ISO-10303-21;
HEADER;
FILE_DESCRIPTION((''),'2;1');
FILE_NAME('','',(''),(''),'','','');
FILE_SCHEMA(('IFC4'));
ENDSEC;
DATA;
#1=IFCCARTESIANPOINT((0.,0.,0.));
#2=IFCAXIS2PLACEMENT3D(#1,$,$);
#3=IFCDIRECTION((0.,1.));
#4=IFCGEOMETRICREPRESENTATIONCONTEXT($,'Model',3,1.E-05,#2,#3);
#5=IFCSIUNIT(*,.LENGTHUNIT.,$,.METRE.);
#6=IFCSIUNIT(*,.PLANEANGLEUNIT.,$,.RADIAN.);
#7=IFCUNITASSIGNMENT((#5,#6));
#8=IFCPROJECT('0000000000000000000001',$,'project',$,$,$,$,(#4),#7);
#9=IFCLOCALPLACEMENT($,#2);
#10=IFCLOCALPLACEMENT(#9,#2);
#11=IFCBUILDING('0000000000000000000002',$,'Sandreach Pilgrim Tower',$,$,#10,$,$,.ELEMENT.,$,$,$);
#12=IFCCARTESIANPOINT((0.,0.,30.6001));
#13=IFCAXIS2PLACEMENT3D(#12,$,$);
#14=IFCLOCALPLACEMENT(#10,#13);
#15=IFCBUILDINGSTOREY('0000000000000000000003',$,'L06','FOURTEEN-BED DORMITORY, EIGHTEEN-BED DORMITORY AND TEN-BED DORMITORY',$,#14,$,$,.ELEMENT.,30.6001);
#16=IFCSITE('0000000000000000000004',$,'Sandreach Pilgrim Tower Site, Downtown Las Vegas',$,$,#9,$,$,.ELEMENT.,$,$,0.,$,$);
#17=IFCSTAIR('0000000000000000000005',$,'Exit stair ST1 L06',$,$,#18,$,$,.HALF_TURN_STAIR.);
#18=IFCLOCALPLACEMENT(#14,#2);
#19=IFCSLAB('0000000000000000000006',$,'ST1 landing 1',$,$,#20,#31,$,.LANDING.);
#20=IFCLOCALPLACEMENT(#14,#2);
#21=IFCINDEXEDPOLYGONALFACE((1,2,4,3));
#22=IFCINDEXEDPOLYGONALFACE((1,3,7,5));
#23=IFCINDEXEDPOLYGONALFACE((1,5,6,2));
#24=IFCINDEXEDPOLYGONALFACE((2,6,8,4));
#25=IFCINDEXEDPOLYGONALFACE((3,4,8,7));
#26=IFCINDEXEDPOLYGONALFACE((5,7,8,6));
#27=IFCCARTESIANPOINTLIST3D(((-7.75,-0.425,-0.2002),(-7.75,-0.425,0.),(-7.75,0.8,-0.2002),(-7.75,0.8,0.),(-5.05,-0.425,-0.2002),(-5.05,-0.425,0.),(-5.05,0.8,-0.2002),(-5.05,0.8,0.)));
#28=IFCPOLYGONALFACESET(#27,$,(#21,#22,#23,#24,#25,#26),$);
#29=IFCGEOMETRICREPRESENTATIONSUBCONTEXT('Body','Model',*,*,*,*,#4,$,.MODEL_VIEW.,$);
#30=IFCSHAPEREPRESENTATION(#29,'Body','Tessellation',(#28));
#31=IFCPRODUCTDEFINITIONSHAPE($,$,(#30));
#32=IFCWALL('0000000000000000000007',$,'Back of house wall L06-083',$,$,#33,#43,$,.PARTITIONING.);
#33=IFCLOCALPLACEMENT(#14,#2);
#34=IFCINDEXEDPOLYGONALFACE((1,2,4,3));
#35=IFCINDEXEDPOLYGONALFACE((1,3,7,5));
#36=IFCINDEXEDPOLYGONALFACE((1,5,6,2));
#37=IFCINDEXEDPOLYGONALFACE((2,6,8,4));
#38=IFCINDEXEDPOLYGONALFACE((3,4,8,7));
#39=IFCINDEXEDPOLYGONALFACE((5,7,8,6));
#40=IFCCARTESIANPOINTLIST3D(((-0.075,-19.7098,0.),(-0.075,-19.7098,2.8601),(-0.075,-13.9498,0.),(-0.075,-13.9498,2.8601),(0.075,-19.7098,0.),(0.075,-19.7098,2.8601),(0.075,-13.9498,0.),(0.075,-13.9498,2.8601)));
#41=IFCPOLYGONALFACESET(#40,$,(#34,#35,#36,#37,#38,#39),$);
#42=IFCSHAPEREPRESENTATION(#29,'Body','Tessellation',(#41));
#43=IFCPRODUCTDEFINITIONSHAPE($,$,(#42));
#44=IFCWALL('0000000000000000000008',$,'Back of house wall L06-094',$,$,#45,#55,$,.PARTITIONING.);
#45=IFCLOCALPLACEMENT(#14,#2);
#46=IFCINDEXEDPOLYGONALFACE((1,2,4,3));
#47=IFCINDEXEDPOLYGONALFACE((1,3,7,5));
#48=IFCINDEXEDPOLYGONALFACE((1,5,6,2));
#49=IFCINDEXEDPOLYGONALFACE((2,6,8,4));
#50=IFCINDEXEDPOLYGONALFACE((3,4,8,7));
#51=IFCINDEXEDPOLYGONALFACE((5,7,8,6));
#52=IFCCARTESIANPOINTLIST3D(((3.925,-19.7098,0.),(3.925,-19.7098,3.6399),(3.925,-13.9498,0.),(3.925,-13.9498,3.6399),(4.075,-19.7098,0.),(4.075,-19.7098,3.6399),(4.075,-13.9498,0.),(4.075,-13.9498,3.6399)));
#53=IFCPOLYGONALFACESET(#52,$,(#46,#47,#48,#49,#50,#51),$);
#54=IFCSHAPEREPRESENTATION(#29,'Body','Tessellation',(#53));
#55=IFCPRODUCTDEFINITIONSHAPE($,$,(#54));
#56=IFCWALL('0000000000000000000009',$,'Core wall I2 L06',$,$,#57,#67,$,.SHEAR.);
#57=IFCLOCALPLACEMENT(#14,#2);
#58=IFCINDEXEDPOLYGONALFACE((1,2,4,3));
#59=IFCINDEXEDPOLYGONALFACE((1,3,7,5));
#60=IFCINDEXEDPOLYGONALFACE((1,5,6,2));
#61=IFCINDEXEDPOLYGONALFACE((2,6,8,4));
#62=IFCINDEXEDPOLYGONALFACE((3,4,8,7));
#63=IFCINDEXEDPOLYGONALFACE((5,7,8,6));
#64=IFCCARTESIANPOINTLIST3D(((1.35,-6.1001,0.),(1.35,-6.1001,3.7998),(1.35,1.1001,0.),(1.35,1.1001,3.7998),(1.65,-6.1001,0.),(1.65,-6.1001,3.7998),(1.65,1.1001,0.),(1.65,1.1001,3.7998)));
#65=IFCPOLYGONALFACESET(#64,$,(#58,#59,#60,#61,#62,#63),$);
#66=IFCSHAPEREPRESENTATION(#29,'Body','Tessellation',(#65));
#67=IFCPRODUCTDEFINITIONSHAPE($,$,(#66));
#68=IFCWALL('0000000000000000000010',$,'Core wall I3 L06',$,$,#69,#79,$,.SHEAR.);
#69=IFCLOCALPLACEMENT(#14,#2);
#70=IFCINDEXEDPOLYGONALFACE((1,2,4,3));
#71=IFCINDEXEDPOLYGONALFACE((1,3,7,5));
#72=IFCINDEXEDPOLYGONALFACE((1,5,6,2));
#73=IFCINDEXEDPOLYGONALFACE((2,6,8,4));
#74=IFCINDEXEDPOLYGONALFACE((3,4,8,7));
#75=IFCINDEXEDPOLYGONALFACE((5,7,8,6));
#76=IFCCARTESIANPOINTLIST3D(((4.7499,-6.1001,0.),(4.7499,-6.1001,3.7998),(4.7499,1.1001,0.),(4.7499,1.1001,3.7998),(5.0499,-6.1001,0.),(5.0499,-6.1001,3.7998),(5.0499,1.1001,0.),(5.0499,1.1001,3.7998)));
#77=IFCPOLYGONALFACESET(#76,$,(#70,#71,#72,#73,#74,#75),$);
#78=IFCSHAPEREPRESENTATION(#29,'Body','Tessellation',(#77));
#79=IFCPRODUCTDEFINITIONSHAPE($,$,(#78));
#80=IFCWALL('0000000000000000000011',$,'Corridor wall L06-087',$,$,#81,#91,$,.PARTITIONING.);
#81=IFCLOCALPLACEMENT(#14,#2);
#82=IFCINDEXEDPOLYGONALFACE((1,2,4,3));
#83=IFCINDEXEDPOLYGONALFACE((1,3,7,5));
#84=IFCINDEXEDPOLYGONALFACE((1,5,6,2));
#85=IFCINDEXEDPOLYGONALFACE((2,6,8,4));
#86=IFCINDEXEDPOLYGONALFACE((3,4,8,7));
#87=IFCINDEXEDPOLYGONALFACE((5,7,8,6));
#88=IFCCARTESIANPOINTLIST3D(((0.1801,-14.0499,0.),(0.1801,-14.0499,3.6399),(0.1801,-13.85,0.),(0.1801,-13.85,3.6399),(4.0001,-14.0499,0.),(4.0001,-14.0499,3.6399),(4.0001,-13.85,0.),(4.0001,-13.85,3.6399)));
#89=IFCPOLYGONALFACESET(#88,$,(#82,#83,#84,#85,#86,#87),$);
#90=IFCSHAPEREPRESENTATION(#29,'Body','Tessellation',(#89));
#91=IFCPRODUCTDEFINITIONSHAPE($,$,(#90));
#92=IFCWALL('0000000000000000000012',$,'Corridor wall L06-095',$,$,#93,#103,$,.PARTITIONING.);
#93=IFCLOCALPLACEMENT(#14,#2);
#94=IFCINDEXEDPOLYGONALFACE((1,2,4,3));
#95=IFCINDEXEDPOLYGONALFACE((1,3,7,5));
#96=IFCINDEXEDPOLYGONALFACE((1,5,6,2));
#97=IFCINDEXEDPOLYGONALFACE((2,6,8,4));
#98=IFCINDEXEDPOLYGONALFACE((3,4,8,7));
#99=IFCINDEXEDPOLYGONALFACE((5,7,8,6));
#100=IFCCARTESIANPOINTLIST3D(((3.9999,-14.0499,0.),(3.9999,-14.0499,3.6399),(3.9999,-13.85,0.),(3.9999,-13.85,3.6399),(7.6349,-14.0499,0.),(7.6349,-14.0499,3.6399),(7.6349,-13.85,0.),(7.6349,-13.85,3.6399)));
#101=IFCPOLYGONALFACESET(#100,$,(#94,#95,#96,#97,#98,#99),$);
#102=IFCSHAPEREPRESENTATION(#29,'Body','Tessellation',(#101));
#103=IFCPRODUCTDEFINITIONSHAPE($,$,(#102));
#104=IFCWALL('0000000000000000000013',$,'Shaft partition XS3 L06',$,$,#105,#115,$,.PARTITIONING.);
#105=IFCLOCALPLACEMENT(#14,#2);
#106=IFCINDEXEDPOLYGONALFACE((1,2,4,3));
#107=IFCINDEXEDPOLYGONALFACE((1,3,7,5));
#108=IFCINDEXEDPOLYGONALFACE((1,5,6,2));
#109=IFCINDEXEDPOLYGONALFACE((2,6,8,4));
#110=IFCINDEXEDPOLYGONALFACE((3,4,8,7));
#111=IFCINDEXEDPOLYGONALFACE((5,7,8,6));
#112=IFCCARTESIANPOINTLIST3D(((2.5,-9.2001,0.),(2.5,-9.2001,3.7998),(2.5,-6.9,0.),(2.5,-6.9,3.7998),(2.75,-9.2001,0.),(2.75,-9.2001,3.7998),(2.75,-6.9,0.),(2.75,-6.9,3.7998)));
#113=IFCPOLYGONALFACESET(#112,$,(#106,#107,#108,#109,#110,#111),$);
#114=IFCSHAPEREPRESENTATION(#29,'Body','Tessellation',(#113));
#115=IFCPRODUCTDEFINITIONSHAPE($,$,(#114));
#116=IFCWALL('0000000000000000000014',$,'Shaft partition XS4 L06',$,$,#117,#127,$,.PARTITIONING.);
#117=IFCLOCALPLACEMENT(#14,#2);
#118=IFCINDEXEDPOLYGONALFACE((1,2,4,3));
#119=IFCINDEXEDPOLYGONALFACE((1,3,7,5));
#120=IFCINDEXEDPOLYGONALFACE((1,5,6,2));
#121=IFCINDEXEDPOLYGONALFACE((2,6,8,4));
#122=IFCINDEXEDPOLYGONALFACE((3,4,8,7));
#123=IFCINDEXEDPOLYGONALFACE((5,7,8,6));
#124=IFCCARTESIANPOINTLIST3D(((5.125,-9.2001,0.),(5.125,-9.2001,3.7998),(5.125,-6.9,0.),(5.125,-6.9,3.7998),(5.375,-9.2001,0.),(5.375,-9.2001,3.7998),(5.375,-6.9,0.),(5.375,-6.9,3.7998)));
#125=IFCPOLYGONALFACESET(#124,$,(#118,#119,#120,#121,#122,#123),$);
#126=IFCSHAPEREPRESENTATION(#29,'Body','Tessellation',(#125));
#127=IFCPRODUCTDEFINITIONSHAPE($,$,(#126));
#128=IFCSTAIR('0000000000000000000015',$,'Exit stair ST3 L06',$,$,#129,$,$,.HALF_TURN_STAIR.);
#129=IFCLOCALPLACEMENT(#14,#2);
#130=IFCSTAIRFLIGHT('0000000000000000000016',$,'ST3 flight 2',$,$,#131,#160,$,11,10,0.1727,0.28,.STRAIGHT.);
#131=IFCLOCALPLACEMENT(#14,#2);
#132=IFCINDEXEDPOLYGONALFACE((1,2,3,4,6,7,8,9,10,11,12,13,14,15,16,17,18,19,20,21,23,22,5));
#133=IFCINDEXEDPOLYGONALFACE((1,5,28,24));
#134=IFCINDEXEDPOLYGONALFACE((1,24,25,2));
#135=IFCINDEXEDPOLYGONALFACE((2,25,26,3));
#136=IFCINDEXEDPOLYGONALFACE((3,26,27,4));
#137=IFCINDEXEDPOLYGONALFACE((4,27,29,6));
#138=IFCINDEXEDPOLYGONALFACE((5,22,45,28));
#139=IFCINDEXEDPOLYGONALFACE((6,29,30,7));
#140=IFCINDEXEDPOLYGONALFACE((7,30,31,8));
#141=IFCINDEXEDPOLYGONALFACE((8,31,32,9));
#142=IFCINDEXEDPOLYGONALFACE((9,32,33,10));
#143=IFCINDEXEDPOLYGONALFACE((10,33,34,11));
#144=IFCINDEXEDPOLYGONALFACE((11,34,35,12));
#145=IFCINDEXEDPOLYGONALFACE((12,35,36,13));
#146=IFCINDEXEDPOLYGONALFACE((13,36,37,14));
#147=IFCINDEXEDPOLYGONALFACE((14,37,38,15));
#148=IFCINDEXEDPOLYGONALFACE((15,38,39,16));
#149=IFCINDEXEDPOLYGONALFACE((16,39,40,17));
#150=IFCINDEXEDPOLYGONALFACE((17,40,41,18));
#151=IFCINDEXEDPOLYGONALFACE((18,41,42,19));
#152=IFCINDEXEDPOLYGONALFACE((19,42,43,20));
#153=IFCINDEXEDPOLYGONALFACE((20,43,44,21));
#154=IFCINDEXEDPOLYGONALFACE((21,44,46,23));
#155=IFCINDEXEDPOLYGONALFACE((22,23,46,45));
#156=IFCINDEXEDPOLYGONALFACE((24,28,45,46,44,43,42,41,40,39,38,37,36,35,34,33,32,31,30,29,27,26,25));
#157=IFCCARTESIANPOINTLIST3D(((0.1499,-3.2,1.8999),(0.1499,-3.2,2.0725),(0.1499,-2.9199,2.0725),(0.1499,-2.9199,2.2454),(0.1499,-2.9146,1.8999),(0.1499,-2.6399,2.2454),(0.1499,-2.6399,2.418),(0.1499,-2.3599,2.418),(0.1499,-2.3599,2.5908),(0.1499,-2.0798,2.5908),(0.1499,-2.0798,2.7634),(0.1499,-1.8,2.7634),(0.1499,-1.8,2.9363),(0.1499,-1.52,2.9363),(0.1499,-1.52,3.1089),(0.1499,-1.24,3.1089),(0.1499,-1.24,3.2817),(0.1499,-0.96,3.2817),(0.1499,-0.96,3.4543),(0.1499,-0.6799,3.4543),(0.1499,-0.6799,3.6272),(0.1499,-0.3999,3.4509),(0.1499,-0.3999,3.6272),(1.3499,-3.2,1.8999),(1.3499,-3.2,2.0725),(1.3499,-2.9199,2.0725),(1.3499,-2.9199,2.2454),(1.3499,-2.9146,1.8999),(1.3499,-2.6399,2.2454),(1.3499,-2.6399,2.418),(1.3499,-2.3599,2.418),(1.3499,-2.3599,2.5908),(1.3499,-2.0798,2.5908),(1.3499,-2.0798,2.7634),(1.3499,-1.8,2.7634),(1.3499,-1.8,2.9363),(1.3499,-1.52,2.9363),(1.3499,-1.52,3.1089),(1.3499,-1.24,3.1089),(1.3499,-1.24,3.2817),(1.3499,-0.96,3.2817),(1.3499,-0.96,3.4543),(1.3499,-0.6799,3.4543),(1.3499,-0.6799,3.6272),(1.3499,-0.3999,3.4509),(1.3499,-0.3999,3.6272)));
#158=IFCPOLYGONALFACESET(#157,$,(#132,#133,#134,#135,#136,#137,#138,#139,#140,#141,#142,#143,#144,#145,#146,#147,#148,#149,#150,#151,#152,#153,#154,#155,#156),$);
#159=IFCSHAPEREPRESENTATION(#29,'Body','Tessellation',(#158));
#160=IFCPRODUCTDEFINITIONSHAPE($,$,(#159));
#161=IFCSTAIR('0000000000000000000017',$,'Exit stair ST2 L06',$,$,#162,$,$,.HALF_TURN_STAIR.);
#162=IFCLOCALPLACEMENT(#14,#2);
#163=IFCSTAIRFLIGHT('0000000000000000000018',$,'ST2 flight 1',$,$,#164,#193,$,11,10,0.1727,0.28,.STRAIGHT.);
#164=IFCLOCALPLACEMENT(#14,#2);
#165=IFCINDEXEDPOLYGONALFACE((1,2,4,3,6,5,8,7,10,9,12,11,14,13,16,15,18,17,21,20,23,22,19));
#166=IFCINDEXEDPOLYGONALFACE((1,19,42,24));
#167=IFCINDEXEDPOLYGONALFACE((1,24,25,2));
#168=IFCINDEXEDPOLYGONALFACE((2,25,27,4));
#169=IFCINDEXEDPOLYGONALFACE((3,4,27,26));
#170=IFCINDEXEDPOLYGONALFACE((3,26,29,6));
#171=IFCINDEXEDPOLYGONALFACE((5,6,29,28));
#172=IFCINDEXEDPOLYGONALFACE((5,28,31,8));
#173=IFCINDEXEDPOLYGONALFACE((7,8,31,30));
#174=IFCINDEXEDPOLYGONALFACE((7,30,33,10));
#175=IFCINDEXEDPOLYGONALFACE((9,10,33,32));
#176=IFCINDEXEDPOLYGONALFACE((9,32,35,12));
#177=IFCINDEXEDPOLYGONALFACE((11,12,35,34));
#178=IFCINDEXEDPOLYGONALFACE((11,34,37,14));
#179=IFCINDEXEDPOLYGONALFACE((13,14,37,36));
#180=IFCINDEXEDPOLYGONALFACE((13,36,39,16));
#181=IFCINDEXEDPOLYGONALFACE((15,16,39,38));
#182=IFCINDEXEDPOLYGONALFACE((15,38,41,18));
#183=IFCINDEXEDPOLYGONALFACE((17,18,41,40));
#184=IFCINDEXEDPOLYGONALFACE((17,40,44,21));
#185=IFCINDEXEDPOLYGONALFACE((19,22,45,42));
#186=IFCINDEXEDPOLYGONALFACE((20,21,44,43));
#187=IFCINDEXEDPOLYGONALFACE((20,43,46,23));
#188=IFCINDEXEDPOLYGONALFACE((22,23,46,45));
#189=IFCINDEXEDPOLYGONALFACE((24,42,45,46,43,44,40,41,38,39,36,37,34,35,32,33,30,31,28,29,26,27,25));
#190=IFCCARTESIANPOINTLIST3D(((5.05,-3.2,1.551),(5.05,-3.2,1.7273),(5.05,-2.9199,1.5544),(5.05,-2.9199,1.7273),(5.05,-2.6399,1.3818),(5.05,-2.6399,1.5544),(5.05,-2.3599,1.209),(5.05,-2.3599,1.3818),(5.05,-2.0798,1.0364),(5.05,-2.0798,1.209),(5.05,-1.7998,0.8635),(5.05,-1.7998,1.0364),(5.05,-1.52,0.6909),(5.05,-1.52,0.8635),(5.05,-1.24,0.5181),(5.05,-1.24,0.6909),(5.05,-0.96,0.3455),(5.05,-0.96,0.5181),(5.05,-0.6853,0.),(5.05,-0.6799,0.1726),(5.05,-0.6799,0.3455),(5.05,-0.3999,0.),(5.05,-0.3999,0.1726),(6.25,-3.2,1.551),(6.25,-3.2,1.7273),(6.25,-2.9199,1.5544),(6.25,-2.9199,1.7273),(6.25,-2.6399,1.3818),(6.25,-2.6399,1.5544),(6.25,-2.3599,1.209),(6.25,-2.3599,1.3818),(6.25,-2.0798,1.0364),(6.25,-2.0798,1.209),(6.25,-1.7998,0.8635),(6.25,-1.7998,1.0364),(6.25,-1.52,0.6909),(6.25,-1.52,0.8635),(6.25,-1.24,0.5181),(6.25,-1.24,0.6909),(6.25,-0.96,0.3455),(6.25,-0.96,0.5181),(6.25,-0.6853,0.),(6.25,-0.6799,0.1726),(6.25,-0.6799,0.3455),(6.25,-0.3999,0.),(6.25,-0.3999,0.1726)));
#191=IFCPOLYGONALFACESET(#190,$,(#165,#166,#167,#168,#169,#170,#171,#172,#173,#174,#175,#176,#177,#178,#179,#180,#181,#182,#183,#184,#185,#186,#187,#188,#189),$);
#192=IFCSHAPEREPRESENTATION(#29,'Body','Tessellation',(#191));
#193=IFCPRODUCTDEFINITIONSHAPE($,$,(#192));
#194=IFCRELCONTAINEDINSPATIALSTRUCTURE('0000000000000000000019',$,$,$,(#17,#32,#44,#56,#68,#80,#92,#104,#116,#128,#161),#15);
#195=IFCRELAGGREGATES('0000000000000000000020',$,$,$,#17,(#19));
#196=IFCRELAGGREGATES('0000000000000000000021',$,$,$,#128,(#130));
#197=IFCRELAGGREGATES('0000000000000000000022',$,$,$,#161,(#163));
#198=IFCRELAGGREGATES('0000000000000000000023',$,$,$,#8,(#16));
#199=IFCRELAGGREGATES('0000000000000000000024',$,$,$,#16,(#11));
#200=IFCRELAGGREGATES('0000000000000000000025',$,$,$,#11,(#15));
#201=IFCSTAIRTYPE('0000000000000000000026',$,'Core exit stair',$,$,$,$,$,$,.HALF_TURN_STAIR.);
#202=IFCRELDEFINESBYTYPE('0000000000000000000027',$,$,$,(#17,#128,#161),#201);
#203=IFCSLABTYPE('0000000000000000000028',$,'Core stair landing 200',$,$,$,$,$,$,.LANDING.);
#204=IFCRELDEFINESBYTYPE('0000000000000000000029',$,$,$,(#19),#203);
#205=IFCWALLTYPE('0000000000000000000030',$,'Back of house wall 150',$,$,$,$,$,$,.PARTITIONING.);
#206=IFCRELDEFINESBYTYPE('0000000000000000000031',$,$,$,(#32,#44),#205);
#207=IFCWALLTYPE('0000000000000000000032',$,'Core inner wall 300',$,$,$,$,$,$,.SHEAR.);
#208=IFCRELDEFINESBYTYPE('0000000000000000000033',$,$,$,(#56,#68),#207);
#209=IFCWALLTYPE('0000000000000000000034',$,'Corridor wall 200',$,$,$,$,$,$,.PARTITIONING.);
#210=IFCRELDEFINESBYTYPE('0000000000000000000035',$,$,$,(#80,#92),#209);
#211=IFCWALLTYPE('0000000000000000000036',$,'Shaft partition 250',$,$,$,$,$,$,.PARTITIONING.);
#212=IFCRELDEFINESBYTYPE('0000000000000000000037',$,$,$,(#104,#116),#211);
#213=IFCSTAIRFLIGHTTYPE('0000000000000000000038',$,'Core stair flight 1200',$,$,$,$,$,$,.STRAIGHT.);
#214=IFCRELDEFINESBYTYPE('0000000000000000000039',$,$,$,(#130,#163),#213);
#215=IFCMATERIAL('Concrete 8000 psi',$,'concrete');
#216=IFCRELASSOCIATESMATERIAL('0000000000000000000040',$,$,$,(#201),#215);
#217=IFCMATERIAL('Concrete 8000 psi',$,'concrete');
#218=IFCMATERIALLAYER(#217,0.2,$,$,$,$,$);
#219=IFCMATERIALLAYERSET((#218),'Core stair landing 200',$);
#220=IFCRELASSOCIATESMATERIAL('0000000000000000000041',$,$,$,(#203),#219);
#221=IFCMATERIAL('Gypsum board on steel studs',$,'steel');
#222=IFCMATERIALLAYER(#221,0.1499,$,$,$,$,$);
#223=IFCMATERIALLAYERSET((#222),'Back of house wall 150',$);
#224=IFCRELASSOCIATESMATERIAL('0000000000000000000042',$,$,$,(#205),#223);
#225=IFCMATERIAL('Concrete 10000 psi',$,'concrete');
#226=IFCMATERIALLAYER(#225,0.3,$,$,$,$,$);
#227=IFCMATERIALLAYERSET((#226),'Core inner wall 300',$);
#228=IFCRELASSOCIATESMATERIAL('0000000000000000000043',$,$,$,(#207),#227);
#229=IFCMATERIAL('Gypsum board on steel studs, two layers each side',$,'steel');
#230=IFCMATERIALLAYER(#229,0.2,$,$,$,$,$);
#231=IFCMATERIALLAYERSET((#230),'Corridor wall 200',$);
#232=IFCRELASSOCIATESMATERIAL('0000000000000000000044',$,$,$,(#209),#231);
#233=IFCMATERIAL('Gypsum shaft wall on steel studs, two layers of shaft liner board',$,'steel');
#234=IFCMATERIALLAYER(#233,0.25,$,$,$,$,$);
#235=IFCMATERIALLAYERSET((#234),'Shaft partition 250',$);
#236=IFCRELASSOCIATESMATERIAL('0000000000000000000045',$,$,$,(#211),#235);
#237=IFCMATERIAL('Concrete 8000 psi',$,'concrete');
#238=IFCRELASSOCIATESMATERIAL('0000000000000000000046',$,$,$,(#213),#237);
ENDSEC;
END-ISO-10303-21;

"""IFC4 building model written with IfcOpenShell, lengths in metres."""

from ifc_helpers import new_model, si_unit, direction, frame, frame_2d, origin, place, context, subcontext, project, spatial, polyline, rectangle, outline, extrude, material, layer, layer_set, type_object, element, aggregate, save


model = new_model("IFC4")

# Units and contexts
model_context = context("Model", 3, precision=1e-05, world=origin(), true_north=direction((0.0, 1.0)))
body_context = subcontext(model_context, "Body", "Model", "MODEL_VIEW")
ifc_project = project(units=[si_unit("LENGTHUNIT", "METRE"), si_unit("PLANEANGLEUNIT", "RADIAN")], contexts=[model_context])

# Site, building, storey
site_placement = place(None, origin())
site = spatial("IfcSite", under=ifc_project, at=site_placement, Name="Sandreach Pilgrim Tower Site, Downtown Las Vegas", CompositionType="ELEMENT", RefElevation=0.0)
building_placement = place(site_placement, origin())
building = spatial("IfcBuilding", under=site, at=building_placement, Name="Sandreach Pilgrim Tower", CompositionType="ELEMENT")
storey_placement = place(building_placement, frame((0.0, 0.0, 30.6001)))
storey = spatial("IfcBuildingStorey", under=building, at=storey_placement, Name="L06", Description="FOURTEEN-BED DORMITORY, EIGHTEEN-BED DORMITORY AND TEN-BED DORMITORY", CompositionType="ELEMENT", Elevation=30.6001)

# Stair, slab
ifc_material_1 = material(Name="Concrete 8000 psi", Category="concrete")
stair_type = type_object("IfcStairType", Name="Core exit stair", PredefinedType="HALF_TURN_STAIR", material=ifc_material_1)
stair_1_placement = place(storey_placement, origin())
stair_1 = element("IfcStair", 1, at=stair_1_placement, inside=storey, type_object=stair_type, Name="Exit stair ST1 L06", PredefinedType="HALF_TURN_STAIR")
ifc_material_2 = material(Name="Concrete 8000 psi", Category="concrete")
ifc_layer_1 = layer(ifc_material_2, 0.2)
ifc_layer_set_1 = layer_set([ifc_layer_1], Name="Core stair landing 200")
slab_type = type_object("IfcSlabType", Name="Core stair landing 200", PredefinedType="LANDING", material=ifc_layer_set_1)
slab_placement = place(storey_placement, frame((0.0, 0.0, -0.2002)))
slab = element("IfcSlab", 2, at=slab_placement, type_object=slab_type, Name="ST1 landing 1", PredefinedType="LANDING", context=body_context, shape_type="SweptSolid", body=[
    extrude(outline(polyline([(-7.75, -0.425), (-5.05, -0.425), (-5.05, 0.8), (-7.75, 0.8), (-7.75, -0.425)])), origin(), (0.0, 0.0, 1.0), 0.2002),
])
aggregate(stair_1, [slab])

# Walls
ifc_material_3 = material(Name="Gypsum board on steel studs", Category="steel")
ifc_layer_2 = layer(ifc_material_3, 0.1499)
ifc_layer_set_2 = layer_set([ifc_layer_2], Name="Back of house wall 150")
wall_type_1 = type_object("IfcWallType", Name="Back of house wall 150", PredefinedType="PARTITIONING", material=ifc_layer_set_2)
wall_1_placement = place(storey_placement, frame((0.0, -13.95, 0.0), z_axis=(0.0, 0.0, 1.0), x_axis=(0.0, -1.0, 0.0)))
element("IfcWall", 3, at=wall_1_placement, inside=storey, type_object=wall_type_1, Name="Back of house wall L06-083", PredefinedType="PARTITIONING", context=body_context, shape_type="SweptSolid", body=[
    extrude(rectangle(XDim=5.76, YDim=0.1499, at=frame_2d((2.8799, 0.0))), origin(), (0.0, 0.0, 1.0), 2.8601),
])
wall_2_placement = place(storey_placement, frame((4.0, -13.95, 0.0), z_axis=(0.0, 0.0, 1.0), x_axis=(0.0, -1.0, 0.0)))
element("IfcWall", 4, at=wall_2_placement, inside=storey, type_object=wall_type_1, Name="Back of house wall L06-094", PredefinedType="PARTITIONING", context=body_context, shape_type="SweptSolid", body=[
    extrude(rectangle(XDim=5.76, YDim=0.1499, at=frame_2d((2.8799, 0.0))), origin(), (0.0, 0.0, 1.0), 3.6399),
])
ifc_material_4 = material(Name="Concrete 10000 psi", Category="concrete")
ifc_layer_3 = layer(ifc_material_4, 0.3)
ifc_layer_set_3 = layer_set([ifc_layer_3], Name="Core inner wall 300")
wall_type_2 = type_object("IfcWallType", Name="Core inner wall 300", PredefinedType="SHEAR", material=ifc_layer_set_3)
for number, where, z_axis, x_axis, name in (
    (5, (1.5, -6.1001, 0.0), (0.0, 0.0, 1.0), (0.0, 1.0, 0.0), "Core wall I2 L06"),
    (6, (4.8999, -6.1001, 0.0), (0.0, 0.0, 1.0), (0.0, 1.0, 0.0), "Core wall I3 L06"),
):
    element("IfcWall", number, at=place(storey_placement, frame(where, z_axis=z_axis, x_axis=x_axis)), inside=storey, type_object=wall_type_2, Name=name, PredefinedType="SHEAR", context=body_context, shape_type="SweptSolid", body=[
        extrude(rectangle(XDim=7.2002, YDim=0.3, at=frame_2d((3.6001, 0.0))), origin(), (0.0, 0.0, 1.0), 3.7998),
    ])

# Wall
ifc_material_5 = material(Name="Gypsum board on steel studs, two layers each side", Category="steel")
ifc_layer_4 = layer(ifc_material_5, 0.2)
ifc_layer_set_4 = layer_set([ifc_layer_4], Name="Corridor wall 200")
wall_type_3 = type_object("IfcWallType", Name="Corridor wall 200", PredefinedType="PARTITIONING", material=ifc_layer_set_4)
wall_3_placement = place(storey_placement, frame((0.1799, -13.95, 0.0), z_axis=(0.0, 0.0, 1.0), x_axis=(1.0, 0.0, 0.0)))
element("IfcWall", 7, at=wall_3_placement, inside=storey, type_object=wall_type_3, Name="Corridor wall L06-087", PredefinedType="PARTITIONING", context=body_context, shape_type="SweptSolid", body=[
    extrude(rectangle(XDim=3.8201, YDim=0.2, at=frame_2d((1.9102, 0.0))), origin(), (0.0, 0.0, 1.0), 3.6399),
])

# Walls
wall_4_placement = place(storey_placement, frame((4.0, -13.95, 0.0), z_axis=(0.0, 0.0, 1.0), x_axis=(1.0, 0.0, 0.0)))
element("IfcWall", 8, at=wall_4_placement, inside=storey, type_object=wall_type_3, Name="Corridor wall L06-095", PredefinedType="PARTITIONING", context=body_context, shape_type="SweptSolid", body=[
    extrude(rectangle(XDim=3.635, YDim=0.2, at=frame_2d((1.8174, 0.0))), origin(), (0.0, 0.0, 1.0), 3.6399),
])
ifc_material_6 = material(Name="Gypsum shaft wall on steel studs, two layers of shaft liner board", Category="steel")
ifc_layer_5 = layer(ifc_material_6, 0.25)
ifc_layer_set_5 = layer_set([ifc_layer_5], Name="Shaft partition 250")
wall_type_4 = type_object("IfcWallType", Name="Shaft partition 250", PredefinedType="PARTITIONING", material=ifc_layer_set_5)
for number, where, z_axis, x_axis, name in (
    (9, (2.625, -9.2, 0.0), (0.0, 0.0, 1.0), (0.0, 1.0, 0.0), "Shaft partition XS3 L06"),
    (10, (5.25, -9.2, 0.0), (0.0, 0.0, 1.0), (0.0, 1.0, 0.0), "Shaft partition XS4 L06"),
):
    element("IfcWall", number, at=place(storey_placement, frame(where, z_axis=z_axis, x_axis=x_axis)), inside=storey, type_object=wall_type_4, Name=name, PredefinedType="PARTITIONING", context=body_context, shape_type="SweptSolid", body=[
        extrude(rectangle(XDim=2.3, YDim=0.25, at=frame_2d((1.1499, 0.0))), origin(), (0.0, 0.0, 1.0), 3.7998),
    ])

# Stairs, stair flights
stair_2_placement = place(storey_placement, origin())
stair_2 = element("IfcStair", 11, at=stair_2_placement, inside=storey, type_object=stair_type, Name="Exit stair ST3 L06", PredefinedType="HALF_TURN_STAIR")
ifc_material_7 = material(Name="Concrete 8000 psi", Category="concrete")
stair_flight_type = type_object("IfcStairFlightType", Name="Core stair flight 1200", PredefinedType="STRAIGHT", material=ifc_material_7)
stair_flight_1_placement = place(storey_placement, frame((0.75, -3.2, 1.8999), z_axis=(0.0, 0.0, 1.0), x_axis=(0.0, 1.0, 0.0)))
stair_flight_1 = element("IfcStairFlight", 12, at=stair_flight_1_placement, type_object=stair_flight_type, Name="ST3 flight 2", NumberOfRisers=11, NumberOfTreads=10, PredefinedType="STRAIGHT", RiserHeight=0.1727, TreadLength=0.28, context=body_context, shape_type="SweptSolid", body=[
    extrude(outline(polyline([(0.0, 0.0), (0.0, 0.1726), (0.28, 0.1726), (0.28, 0.3455), (0.5601, 0.3455), (0.5601, 0.5181), (0.8401, 0.5181), (0.8401, 0.6909), (1.1201, 0.6909), (1.1201, 0.8635), (1.3999, 0.8635), (1.3999, 1.0364), (1.6799, 1.0364), (1.6799, 1.209), (1.96, 1.209), (1.96, 1.3818), (2.24, 1.3818), (2.24, 1.5544), (2.52, 1.5544), (2.52, 1.7273), (2.8, 1.7273), (2.8, 1.8999), (2.8, 1.551), (0.2854, 0.0), (0.0, 0.0)])), frame((0.0, 0.6001, 0.0), z_axis=(0.0, -1.0, 0.0), x_axis=(1.0, 0.0, 0.0)), (0.0, 0.0, 1.0), 1.2),
])
aggregate(stair_2, [stair_flight_1])
stair_3_placement = place(storey_placement, origin())
stair_3 = element("IfcStair", 13, at=stair_3_placement, inside=storey, type_object=stair_type, Name="Exit stair ST2 L06", PredefinedType="HALF_TURN_STAIR")
stair_flight_2_placement = place(storey_placement, frame((5.6499, -0.3999, 0.0), z_axis=(0.0, 0.0, 1.0), x_axis=(0.0, -1.0, 0.0)))
stair_flight_2 = element("IfcStairFlight", 14, at=stair_flight_2_placement, type_object=stair_flight_type, Name="ST2 flight 1", NumberOfRisers=11, NumberOfTreads=10, PredefinedType="STRAIGHT", RiserHeight=0.1727, TreadLength=0.28, context=body_context, shape_type="SweptSolid", body=[
    extrude(outline(polyline([(0.0, 0.0), (0.0, 0.1726), (0.28, 0.1726), (0.28, 0.3455), (0.5601, 0.3455), (0.5601, 0.5181), (0.8401, 0.5181), (0.8401, 0.6909), (1.1201, 0.6909), (1.1201, 0.8635), (1.3999, 0.8635), (1.3999, 1.0364), (1.6799, 1.0364), (1.6799, 1.209), (1.96, 1.209), (1.96, 1.3818), (2.24, 1.3818), (2.24, 1.5544), (2.52, 1.5544), (2.52, 1.7273), (2.8, 1.7273), (2.8, 1.8999), (2.8, 1.551), (0.2854, 0.0), (0.0, 0.0)])), frame((0.0, 0.6001, 0.0), z_axis=(0.0, -1.0, 0.0), x_axis=(1.0, 0.0, 0.0)), (0.0, 0.0, 1.0), 1.2),
])
aggregate(stair_3, [stair_flight_2])

save(model, "model.ifc")
